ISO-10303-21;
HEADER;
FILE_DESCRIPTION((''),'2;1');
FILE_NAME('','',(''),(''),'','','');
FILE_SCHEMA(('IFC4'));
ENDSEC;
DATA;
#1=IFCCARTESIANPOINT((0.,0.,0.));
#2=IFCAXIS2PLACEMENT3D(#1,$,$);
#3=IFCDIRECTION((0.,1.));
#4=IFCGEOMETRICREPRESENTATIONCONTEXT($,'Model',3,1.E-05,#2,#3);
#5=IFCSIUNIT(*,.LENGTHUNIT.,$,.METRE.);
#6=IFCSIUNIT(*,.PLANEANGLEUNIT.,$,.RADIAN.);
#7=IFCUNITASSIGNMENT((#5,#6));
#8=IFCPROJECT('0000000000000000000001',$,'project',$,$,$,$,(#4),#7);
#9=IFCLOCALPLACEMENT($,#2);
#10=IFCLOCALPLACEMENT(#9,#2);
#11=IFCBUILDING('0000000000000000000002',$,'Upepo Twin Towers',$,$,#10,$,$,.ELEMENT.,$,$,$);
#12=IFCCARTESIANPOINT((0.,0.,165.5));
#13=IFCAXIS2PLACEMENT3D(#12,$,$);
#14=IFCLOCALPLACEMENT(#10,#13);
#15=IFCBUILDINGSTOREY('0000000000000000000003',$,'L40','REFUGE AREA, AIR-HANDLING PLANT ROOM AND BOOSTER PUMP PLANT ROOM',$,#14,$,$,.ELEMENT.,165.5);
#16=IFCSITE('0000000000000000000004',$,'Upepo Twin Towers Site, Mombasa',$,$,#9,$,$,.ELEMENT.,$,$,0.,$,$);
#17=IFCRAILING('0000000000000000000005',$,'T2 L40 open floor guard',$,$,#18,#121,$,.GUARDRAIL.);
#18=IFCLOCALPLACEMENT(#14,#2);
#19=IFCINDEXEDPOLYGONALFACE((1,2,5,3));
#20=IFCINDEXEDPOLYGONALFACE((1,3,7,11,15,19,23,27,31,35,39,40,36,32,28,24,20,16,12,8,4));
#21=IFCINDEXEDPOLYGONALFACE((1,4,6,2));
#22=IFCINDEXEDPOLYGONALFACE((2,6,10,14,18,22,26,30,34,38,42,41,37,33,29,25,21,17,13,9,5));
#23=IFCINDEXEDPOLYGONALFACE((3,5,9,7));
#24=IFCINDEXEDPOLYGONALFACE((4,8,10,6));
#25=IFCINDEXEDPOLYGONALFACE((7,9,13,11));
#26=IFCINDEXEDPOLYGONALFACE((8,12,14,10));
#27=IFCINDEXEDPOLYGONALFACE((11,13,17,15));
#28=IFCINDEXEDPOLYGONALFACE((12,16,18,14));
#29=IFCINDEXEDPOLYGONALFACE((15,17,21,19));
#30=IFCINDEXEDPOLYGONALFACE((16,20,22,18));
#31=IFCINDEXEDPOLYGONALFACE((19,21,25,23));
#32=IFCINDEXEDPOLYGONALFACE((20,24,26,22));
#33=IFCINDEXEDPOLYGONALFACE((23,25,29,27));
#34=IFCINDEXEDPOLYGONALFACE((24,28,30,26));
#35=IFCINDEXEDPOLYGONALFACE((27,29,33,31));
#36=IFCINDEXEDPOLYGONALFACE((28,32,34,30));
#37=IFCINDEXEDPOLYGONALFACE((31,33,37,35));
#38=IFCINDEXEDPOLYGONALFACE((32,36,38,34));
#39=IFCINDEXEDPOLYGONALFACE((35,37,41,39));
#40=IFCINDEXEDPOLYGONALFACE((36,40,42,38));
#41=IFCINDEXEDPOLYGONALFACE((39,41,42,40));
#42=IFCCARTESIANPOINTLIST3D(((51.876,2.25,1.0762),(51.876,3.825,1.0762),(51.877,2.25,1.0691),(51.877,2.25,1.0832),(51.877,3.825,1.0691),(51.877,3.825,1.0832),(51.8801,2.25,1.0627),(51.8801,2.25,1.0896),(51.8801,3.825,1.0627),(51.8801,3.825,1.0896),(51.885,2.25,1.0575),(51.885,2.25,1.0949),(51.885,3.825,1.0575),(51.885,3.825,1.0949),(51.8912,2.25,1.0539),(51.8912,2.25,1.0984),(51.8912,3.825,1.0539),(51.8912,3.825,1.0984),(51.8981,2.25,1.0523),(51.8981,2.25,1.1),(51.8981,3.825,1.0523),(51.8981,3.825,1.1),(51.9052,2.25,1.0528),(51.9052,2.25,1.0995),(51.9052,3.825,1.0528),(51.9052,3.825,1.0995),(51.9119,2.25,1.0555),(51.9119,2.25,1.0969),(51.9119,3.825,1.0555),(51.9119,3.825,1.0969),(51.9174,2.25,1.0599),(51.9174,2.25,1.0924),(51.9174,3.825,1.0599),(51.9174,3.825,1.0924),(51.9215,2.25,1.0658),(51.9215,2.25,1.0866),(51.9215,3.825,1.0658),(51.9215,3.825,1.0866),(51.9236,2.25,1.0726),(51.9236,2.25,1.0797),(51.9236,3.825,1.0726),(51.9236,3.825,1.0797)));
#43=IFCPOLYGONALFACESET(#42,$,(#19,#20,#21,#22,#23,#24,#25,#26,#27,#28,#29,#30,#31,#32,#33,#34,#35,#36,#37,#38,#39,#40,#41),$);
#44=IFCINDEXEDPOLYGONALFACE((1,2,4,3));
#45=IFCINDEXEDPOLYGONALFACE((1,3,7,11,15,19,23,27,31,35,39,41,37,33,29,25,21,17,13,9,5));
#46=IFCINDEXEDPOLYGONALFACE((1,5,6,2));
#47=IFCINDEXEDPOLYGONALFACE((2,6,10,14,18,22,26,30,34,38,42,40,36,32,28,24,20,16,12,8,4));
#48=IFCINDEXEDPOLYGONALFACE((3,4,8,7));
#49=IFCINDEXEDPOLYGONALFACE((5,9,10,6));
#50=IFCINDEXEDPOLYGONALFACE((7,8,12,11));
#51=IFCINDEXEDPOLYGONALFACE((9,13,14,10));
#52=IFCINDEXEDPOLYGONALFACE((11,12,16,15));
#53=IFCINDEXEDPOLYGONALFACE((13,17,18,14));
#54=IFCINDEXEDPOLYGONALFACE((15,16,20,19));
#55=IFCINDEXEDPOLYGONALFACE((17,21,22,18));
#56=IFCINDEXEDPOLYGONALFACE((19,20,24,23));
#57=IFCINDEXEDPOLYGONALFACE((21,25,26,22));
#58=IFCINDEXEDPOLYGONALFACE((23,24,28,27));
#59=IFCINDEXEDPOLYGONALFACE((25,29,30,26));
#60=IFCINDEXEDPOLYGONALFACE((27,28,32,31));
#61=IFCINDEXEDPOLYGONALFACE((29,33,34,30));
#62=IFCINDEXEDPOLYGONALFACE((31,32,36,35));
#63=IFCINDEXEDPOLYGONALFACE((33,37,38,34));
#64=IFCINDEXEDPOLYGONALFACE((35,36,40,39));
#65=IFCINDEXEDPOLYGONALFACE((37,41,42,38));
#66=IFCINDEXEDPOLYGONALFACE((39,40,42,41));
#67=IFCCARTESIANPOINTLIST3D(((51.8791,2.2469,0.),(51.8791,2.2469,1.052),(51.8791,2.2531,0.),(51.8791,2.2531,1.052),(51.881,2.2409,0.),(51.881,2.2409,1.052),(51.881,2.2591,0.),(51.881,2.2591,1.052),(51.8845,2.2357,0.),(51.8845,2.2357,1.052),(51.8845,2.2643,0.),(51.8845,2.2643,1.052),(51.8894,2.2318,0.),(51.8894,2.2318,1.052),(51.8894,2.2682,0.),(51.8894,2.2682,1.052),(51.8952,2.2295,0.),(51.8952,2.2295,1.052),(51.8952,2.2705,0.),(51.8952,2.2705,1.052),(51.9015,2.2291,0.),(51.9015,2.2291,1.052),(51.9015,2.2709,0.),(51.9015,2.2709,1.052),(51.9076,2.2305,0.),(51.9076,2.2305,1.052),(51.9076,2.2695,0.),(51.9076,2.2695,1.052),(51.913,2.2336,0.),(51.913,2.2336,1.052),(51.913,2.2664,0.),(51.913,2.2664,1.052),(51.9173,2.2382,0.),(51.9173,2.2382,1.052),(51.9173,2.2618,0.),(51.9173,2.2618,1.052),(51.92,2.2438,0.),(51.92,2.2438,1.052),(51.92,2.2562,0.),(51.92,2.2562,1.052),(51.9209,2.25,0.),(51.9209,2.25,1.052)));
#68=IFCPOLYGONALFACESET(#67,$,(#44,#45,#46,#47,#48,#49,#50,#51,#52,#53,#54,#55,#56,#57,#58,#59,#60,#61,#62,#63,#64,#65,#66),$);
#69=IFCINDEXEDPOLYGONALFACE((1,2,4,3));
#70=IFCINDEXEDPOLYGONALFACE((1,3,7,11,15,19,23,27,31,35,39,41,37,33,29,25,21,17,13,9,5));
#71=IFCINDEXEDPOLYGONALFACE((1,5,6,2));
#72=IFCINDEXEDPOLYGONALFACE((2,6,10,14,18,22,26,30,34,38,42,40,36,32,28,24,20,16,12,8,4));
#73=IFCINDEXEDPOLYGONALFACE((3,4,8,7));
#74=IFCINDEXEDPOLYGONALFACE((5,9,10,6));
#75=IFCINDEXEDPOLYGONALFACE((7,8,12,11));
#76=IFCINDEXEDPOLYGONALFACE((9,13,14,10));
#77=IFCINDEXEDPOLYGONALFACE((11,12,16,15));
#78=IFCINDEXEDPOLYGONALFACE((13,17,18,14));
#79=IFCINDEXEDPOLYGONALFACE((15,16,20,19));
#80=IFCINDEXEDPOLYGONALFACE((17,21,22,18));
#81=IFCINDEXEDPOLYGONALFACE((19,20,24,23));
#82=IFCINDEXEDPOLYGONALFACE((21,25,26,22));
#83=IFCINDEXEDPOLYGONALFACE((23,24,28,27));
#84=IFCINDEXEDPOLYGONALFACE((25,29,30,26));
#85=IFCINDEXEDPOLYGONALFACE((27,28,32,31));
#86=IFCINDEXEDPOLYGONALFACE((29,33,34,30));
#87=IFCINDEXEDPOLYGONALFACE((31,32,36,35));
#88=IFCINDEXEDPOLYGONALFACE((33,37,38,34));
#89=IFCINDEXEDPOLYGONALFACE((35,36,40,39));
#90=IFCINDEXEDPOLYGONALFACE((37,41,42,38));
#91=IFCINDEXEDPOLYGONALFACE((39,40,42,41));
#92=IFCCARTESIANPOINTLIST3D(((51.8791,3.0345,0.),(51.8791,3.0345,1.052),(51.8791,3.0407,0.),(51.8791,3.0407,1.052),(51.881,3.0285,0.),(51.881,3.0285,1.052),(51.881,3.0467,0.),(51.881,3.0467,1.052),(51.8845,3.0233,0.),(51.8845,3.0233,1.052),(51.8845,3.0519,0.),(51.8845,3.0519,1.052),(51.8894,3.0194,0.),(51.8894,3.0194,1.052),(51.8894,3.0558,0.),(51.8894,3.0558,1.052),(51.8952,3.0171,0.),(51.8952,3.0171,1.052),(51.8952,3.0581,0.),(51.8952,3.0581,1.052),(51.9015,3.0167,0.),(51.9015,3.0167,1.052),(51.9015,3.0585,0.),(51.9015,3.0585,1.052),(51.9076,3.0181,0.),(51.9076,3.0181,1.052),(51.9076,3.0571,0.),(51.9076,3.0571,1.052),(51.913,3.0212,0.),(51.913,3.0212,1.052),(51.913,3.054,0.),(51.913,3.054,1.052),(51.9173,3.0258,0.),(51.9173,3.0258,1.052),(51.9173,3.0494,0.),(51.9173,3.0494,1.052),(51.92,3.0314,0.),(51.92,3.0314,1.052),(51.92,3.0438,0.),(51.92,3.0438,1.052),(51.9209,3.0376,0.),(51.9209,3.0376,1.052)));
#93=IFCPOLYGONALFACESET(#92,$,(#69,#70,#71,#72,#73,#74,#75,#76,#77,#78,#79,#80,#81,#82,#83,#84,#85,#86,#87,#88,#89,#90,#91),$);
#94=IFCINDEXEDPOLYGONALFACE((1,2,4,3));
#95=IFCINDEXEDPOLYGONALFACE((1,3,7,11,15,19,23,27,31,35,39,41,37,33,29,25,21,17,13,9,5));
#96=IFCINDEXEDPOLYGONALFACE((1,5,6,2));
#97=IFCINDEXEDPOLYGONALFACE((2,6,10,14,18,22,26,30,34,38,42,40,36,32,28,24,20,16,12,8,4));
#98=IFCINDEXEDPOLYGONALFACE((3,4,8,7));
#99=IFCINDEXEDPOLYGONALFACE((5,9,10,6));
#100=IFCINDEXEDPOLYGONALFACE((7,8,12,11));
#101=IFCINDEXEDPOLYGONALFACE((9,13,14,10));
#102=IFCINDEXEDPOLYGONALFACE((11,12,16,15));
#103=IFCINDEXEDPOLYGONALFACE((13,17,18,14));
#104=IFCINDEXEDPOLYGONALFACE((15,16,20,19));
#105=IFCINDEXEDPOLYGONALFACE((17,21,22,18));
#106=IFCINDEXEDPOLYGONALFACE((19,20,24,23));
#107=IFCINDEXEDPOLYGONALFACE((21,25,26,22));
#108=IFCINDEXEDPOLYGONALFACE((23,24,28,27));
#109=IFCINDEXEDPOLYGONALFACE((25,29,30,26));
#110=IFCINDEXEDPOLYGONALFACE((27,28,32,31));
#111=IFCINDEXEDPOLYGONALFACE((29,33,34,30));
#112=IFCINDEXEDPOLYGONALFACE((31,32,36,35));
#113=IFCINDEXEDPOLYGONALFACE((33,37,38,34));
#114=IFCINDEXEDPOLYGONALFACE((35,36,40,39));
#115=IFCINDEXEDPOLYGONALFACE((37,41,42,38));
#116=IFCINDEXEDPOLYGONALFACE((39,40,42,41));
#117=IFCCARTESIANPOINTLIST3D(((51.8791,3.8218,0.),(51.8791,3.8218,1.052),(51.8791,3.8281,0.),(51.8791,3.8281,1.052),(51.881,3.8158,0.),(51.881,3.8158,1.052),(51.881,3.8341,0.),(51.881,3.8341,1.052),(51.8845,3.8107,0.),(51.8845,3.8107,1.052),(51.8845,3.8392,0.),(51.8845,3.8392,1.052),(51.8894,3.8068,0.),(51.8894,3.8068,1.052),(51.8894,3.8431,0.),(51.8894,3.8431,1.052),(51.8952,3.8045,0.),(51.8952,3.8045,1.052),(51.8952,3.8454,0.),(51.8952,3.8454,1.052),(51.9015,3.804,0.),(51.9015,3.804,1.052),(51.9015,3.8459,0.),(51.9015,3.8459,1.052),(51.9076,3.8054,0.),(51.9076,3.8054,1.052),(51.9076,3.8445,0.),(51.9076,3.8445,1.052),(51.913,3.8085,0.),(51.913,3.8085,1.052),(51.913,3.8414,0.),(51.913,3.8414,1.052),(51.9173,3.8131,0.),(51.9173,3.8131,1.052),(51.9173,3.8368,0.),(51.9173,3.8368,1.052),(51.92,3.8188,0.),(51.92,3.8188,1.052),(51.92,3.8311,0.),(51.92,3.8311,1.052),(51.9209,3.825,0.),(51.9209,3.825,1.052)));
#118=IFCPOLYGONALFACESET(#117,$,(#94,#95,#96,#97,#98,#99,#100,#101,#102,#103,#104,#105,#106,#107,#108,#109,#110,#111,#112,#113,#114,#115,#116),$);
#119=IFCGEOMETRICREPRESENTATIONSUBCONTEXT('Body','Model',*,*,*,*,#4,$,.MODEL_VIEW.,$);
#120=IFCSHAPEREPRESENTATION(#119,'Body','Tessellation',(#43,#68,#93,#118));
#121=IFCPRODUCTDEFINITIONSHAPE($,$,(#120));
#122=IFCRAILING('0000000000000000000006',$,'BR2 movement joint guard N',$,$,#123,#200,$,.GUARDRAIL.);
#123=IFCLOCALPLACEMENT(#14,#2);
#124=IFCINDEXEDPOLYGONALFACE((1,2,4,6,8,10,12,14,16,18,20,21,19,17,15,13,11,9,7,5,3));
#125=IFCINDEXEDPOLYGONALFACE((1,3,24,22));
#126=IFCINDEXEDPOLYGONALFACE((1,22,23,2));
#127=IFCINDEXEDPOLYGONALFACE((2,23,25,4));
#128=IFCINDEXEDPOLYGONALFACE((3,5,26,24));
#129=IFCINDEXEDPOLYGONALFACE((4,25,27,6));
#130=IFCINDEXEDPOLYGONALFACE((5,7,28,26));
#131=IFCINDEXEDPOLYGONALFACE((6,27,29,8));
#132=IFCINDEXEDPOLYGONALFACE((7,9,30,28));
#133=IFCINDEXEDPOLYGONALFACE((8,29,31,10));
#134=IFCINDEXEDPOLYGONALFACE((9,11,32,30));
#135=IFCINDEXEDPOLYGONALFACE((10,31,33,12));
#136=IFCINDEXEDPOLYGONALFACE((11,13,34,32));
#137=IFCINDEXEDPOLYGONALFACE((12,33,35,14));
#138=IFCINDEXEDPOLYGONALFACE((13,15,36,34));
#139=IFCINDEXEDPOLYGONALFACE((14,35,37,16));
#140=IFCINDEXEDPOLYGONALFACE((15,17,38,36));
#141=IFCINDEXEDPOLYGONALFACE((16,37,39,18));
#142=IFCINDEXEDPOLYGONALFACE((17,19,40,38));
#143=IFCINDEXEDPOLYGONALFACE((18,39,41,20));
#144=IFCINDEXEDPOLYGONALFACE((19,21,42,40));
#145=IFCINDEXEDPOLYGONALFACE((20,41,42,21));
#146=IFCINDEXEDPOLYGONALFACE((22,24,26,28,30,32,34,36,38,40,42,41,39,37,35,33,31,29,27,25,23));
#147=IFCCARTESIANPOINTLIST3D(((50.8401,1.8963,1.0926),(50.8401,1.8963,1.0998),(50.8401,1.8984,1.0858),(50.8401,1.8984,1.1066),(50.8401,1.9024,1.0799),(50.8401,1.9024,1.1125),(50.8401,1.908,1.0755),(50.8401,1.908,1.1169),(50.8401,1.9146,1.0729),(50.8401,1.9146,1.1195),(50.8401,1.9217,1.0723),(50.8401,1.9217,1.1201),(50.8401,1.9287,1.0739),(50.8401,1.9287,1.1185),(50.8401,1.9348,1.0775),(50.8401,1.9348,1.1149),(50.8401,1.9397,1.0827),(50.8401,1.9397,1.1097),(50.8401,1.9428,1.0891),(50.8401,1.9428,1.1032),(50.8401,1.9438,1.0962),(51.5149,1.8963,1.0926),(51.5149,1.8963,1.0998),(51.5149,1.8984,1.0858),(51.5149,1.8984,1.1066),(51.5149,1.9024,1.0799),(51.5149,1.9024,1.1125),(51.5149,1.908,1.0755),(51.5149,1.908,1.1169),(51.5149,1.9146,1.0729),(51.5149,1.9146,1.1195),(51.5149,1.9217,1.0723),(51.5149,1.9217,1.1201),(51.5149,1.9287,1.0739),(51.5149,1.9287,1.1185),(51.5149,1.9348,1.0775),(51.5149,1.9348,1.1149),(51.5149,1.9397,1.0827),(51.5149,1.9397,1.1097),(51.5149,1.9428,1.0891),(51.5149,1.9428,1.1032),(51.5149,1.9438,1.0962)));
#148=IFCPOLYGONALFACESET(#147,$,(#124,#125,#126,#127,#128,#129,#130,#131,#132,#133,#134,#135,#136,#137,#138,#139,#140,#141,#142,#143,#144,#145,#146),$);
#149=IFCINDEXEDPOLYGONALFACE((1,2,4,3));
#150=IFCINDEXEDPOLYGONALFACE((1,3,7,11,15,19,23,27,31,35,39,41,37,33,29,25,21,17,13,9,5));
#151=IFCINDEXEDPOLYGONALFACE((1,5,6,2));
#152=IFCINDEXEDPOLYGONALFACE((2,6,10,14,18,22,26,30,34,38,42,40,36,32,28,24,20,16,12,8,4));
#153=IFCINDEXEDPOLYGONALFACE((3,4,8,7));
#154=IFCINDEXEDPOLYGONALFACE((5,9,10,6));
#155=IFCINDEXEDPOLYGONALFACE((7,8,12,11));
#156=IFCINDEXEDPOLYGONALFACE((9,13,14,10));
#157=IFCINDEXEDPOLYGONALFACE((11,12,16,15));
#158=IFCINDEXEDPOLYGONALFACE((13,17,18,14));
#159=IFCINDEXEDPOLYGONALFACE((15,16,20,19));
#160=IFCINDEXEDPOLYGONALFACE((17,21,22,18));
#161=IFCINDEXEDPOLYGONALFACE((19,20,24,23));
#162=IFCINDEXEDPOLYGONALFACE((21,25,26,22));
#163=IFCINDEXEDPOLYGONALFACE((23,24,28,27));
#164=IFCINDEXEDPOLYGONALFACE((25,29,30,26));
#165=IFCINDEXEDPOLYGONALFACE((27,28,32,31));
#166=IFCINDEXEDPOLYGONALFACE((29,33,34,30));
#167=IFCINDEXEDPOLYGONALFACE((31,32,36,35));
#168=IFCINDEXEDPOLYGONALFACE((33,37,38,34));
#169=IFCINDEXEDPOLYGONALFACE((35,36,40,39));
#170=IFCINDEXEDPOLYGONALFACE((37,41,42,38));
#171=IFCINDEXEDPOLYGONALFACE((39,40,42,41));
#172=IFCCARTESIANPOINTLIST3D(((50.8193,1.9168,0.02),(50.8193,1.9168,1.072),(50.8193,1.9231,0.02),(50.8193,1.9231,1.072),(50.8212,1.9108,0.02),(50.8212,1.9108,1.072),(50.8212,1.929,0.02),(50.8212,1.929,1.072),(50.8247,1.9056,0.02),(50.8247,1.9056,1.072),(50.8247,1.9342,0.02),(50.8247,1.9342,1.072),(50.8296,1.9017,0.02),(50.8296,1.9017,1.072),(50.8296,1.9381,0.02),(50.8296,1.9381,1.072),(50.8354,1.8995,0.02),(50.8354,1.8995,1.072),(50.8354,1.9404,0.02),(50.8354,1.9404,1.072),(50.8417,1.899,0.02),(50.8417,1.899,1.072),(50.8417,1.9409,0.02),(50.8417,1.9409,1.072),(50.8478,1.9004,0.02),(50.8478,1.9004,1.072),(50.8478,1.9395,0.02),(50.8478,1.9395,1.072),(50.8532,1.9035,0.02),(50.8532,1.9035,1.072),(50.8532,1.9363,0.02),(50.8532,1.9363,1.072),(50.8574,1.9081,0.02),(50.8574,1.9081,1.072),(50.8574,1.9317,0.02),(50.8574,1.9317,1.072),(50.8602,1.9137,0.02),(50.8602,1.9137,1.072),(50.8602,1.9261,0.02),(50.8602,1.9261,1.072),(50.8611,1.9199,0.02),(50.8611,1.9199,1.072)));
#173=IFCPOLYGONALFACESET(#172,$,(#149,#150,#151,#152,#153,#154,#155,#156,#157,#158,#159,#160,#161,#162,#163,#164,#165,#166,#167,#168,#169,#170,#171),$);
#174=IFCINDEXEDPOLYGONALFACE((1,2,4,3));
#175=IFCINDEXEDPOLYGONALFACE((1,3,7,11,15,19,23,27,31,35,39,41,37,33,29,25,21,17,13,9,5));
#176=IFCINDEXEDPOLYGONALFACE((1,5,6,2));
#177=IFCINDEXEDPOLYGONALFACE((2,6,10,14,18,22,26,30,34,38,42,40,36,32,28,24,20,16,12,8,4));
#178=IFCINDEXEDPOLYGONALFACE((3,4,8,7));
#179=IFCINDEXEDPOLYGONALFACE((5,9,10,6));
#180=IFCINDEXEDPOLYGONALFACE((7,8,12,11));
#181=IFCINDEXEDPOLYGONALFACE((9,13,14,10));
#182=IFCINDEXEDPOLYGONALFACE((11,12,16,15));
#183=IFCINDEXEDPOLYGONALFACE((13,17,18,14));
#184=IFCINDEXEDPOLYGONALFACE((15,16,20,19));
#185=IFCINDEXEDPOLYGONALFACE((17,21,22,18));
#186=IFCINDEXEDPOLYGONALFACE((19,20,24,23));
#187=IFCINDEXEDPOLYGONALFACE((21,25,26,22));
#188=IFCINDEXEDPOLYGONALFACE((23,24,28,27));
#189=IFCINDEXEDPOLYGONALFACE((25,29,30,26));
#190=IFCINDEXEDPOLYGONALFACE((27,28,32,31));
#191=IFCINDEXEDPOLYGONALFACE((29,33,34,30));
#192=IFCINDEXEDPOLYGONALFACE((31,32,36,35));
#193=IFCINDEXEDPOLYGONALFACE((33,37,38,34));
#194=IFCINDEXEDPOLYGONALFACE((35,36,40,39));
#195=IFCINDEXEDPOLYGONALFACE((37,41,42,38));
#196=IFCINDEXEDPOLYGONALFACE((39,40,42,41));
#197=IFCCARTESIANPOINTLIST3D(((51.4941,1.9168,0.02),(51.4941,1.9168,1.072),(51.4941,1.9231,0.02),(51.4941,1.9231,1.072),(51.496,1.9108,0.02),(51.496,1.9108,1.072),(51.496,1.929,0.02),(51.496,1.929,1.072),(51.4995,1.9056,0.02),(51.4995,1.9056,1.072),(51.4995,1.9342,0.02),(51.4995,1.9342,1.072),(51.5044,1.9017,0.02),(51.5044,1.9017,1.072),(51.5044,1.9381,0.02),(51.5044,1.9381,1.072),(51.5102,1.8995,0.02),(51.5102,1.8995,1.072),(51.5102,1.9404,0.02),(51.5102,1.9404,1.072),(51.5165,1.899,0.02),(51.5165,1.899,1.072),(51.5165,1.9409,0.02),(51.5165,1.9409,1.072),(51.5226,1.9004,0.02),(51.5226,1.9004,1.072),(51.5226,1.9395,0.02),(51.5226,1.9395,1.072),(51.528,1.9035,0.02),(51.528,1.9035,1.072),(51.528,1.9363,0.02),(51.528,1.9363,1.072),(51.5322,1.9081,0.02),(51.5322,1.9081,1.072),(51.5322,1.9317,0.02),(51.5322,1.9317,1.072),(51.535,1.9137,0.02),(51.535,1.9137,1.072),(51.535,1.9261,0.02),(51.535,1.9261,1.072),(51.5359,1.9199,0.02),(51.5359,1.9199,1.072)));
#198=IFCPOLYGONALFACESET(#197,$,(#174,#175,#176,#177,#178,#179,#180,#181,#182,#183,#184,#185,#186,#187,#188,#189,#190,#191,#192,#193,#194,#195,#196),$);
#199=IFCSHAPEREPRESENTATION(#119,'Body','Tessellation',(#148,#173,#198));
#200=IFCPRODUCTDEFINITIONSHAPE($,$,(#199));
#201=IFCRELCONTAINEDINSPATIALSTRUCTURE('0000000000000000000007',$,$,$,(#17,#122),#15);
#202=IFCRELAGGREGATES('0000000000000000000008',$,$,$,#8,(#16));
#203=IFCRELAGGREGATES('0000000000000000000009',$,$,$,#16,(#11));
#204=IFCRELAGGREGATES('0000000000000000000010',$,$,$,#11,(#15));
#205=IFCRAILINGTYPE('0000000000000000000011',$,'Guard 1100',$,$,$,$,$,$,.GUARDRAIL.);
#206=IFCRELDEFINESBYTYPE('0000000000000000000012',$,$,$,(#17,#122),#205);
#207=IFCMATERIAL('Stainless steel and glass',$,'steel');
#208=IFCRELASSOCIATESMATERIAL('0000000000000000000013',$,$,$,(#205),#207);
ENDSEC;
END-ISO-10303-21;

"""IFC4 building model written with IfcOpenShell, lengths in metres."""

from ifc_helpers import new_model, si_unit, direction, frame, origin, origin_2d, place, context, subcontext, project, spatial, circle, extrude, material, type_object, element, save


model = new_model("IFC4")

# Units and contexts
model_context = context("Model", 3, precision=1e-05, world=origin(), true_north=direction((0.0, 1.0)))
body_context = subcontext(model_context, "Body", "Model", "MODEL_VIEW")
ifc_project = project(units=[si_unit("LENGTHUNIT", "METRE"), si_unit("PLANEANGLEUNIT", "RADIAN")], contexts=[model_context])

# Site, building, storey
site_placement = place(None, origin())
site = spatial("IfcSite", under=ifc_project, at=site_placement, Name="Upepo Twin Towers Site, Mombasa", CompositionType="ELEMENT", RefElevation=0.0)
building_placement = place(site_placement, origin())
building = spatial("IfcBuilding", under=site, at=building_placement, Name="Upepo Twin Towers", CompositionType="ELEMENT")
storey_placement = place(building_placement, frame((0.0, 0.0, 165.5)))
storey = spatial("IfcBuildingStorey", under=building, at=storey_placement, Name="L40", Description="REFUGE AREA, AIR-HANDLING PLANT ROOM AND BOOSTER PUMP PLANT ROOM", CompositionType="ELEMENT", Elevation=165.5)

# Railings
ifc_material_1 = material(Name="Stainless steel and glass", Category="steel")
railing_type = type_object("IfcRailingType", Name="Guard 1100", PredefinedType="GUARDRAIL", material=ifc_material_1)
railing_placement = place(storey_placement, frame((51.8999, 2.25, 0.0)))
element("IfcRailing", 1, at=railing_placement, inside=storey, type_object=railing_type, Name="T2 L40 open floor guard", PredefinedType="GUARDRAIL", context=body_context, shape_type="SweptSolid", body=[
    extrude(circle(Radius=0.0239, at=origin_2d()), frame((0.0, 0.0, 1.0762), z_axis=(0.0, 1.0, 0.0), x_axis=(-1.0, 0.0, 0.0)), (0.0, 0.0, 1.0), 1.575),
    extrude(circle(Radius=0.021, at=origin_2d()), origin(), (0.0, 0.0, 1.0), 1.052),
    extrude(circle(Radius=0.021, at=origin_2d()), frame((0.0, 0.7876, 0.0)), (0.0, 0.0, 1.0), 1.052),
    extrude(circle(Radius=0.021, at=origin_2d()), frame((0.0, 1.575, 0.0)), (0.0, 0.0, 1.0), 1.052),
])
for number, where, name in (
    (2, (50.8401, 1.9199, 0.02), "BR2 movement joint guard N"),
):
    element("IfcRailing", number, at=place(storey_placement, frame(where)), inside=storey, type_object=railing_type, Name=name, PredefinedType="GUARDRAIL", context=body_context, shape_type="SweptSolid", body=[
        extrude(circle(Radius=0.0239, at=origin_2d()), frame((0.0, 0.0, 1.0762), z_axis=(1.0, 0.0, 0.0), x_axis=(0.0, 1.0, 0.0)), (0.0, 0.0, 1.0), 0.6748),
        extrude(circle(Radius=0.021, at=origin_2d()), origin(), (0.0, 0.0, 1.0), 1.052),
        extrude(circle(Radius=0.021, at=origin_2d()), frame((0.6748, 0.0, 0.0)), (0.0, 0.0, 1.0), 1.052),
    ])

save(model, "model.ifc")
